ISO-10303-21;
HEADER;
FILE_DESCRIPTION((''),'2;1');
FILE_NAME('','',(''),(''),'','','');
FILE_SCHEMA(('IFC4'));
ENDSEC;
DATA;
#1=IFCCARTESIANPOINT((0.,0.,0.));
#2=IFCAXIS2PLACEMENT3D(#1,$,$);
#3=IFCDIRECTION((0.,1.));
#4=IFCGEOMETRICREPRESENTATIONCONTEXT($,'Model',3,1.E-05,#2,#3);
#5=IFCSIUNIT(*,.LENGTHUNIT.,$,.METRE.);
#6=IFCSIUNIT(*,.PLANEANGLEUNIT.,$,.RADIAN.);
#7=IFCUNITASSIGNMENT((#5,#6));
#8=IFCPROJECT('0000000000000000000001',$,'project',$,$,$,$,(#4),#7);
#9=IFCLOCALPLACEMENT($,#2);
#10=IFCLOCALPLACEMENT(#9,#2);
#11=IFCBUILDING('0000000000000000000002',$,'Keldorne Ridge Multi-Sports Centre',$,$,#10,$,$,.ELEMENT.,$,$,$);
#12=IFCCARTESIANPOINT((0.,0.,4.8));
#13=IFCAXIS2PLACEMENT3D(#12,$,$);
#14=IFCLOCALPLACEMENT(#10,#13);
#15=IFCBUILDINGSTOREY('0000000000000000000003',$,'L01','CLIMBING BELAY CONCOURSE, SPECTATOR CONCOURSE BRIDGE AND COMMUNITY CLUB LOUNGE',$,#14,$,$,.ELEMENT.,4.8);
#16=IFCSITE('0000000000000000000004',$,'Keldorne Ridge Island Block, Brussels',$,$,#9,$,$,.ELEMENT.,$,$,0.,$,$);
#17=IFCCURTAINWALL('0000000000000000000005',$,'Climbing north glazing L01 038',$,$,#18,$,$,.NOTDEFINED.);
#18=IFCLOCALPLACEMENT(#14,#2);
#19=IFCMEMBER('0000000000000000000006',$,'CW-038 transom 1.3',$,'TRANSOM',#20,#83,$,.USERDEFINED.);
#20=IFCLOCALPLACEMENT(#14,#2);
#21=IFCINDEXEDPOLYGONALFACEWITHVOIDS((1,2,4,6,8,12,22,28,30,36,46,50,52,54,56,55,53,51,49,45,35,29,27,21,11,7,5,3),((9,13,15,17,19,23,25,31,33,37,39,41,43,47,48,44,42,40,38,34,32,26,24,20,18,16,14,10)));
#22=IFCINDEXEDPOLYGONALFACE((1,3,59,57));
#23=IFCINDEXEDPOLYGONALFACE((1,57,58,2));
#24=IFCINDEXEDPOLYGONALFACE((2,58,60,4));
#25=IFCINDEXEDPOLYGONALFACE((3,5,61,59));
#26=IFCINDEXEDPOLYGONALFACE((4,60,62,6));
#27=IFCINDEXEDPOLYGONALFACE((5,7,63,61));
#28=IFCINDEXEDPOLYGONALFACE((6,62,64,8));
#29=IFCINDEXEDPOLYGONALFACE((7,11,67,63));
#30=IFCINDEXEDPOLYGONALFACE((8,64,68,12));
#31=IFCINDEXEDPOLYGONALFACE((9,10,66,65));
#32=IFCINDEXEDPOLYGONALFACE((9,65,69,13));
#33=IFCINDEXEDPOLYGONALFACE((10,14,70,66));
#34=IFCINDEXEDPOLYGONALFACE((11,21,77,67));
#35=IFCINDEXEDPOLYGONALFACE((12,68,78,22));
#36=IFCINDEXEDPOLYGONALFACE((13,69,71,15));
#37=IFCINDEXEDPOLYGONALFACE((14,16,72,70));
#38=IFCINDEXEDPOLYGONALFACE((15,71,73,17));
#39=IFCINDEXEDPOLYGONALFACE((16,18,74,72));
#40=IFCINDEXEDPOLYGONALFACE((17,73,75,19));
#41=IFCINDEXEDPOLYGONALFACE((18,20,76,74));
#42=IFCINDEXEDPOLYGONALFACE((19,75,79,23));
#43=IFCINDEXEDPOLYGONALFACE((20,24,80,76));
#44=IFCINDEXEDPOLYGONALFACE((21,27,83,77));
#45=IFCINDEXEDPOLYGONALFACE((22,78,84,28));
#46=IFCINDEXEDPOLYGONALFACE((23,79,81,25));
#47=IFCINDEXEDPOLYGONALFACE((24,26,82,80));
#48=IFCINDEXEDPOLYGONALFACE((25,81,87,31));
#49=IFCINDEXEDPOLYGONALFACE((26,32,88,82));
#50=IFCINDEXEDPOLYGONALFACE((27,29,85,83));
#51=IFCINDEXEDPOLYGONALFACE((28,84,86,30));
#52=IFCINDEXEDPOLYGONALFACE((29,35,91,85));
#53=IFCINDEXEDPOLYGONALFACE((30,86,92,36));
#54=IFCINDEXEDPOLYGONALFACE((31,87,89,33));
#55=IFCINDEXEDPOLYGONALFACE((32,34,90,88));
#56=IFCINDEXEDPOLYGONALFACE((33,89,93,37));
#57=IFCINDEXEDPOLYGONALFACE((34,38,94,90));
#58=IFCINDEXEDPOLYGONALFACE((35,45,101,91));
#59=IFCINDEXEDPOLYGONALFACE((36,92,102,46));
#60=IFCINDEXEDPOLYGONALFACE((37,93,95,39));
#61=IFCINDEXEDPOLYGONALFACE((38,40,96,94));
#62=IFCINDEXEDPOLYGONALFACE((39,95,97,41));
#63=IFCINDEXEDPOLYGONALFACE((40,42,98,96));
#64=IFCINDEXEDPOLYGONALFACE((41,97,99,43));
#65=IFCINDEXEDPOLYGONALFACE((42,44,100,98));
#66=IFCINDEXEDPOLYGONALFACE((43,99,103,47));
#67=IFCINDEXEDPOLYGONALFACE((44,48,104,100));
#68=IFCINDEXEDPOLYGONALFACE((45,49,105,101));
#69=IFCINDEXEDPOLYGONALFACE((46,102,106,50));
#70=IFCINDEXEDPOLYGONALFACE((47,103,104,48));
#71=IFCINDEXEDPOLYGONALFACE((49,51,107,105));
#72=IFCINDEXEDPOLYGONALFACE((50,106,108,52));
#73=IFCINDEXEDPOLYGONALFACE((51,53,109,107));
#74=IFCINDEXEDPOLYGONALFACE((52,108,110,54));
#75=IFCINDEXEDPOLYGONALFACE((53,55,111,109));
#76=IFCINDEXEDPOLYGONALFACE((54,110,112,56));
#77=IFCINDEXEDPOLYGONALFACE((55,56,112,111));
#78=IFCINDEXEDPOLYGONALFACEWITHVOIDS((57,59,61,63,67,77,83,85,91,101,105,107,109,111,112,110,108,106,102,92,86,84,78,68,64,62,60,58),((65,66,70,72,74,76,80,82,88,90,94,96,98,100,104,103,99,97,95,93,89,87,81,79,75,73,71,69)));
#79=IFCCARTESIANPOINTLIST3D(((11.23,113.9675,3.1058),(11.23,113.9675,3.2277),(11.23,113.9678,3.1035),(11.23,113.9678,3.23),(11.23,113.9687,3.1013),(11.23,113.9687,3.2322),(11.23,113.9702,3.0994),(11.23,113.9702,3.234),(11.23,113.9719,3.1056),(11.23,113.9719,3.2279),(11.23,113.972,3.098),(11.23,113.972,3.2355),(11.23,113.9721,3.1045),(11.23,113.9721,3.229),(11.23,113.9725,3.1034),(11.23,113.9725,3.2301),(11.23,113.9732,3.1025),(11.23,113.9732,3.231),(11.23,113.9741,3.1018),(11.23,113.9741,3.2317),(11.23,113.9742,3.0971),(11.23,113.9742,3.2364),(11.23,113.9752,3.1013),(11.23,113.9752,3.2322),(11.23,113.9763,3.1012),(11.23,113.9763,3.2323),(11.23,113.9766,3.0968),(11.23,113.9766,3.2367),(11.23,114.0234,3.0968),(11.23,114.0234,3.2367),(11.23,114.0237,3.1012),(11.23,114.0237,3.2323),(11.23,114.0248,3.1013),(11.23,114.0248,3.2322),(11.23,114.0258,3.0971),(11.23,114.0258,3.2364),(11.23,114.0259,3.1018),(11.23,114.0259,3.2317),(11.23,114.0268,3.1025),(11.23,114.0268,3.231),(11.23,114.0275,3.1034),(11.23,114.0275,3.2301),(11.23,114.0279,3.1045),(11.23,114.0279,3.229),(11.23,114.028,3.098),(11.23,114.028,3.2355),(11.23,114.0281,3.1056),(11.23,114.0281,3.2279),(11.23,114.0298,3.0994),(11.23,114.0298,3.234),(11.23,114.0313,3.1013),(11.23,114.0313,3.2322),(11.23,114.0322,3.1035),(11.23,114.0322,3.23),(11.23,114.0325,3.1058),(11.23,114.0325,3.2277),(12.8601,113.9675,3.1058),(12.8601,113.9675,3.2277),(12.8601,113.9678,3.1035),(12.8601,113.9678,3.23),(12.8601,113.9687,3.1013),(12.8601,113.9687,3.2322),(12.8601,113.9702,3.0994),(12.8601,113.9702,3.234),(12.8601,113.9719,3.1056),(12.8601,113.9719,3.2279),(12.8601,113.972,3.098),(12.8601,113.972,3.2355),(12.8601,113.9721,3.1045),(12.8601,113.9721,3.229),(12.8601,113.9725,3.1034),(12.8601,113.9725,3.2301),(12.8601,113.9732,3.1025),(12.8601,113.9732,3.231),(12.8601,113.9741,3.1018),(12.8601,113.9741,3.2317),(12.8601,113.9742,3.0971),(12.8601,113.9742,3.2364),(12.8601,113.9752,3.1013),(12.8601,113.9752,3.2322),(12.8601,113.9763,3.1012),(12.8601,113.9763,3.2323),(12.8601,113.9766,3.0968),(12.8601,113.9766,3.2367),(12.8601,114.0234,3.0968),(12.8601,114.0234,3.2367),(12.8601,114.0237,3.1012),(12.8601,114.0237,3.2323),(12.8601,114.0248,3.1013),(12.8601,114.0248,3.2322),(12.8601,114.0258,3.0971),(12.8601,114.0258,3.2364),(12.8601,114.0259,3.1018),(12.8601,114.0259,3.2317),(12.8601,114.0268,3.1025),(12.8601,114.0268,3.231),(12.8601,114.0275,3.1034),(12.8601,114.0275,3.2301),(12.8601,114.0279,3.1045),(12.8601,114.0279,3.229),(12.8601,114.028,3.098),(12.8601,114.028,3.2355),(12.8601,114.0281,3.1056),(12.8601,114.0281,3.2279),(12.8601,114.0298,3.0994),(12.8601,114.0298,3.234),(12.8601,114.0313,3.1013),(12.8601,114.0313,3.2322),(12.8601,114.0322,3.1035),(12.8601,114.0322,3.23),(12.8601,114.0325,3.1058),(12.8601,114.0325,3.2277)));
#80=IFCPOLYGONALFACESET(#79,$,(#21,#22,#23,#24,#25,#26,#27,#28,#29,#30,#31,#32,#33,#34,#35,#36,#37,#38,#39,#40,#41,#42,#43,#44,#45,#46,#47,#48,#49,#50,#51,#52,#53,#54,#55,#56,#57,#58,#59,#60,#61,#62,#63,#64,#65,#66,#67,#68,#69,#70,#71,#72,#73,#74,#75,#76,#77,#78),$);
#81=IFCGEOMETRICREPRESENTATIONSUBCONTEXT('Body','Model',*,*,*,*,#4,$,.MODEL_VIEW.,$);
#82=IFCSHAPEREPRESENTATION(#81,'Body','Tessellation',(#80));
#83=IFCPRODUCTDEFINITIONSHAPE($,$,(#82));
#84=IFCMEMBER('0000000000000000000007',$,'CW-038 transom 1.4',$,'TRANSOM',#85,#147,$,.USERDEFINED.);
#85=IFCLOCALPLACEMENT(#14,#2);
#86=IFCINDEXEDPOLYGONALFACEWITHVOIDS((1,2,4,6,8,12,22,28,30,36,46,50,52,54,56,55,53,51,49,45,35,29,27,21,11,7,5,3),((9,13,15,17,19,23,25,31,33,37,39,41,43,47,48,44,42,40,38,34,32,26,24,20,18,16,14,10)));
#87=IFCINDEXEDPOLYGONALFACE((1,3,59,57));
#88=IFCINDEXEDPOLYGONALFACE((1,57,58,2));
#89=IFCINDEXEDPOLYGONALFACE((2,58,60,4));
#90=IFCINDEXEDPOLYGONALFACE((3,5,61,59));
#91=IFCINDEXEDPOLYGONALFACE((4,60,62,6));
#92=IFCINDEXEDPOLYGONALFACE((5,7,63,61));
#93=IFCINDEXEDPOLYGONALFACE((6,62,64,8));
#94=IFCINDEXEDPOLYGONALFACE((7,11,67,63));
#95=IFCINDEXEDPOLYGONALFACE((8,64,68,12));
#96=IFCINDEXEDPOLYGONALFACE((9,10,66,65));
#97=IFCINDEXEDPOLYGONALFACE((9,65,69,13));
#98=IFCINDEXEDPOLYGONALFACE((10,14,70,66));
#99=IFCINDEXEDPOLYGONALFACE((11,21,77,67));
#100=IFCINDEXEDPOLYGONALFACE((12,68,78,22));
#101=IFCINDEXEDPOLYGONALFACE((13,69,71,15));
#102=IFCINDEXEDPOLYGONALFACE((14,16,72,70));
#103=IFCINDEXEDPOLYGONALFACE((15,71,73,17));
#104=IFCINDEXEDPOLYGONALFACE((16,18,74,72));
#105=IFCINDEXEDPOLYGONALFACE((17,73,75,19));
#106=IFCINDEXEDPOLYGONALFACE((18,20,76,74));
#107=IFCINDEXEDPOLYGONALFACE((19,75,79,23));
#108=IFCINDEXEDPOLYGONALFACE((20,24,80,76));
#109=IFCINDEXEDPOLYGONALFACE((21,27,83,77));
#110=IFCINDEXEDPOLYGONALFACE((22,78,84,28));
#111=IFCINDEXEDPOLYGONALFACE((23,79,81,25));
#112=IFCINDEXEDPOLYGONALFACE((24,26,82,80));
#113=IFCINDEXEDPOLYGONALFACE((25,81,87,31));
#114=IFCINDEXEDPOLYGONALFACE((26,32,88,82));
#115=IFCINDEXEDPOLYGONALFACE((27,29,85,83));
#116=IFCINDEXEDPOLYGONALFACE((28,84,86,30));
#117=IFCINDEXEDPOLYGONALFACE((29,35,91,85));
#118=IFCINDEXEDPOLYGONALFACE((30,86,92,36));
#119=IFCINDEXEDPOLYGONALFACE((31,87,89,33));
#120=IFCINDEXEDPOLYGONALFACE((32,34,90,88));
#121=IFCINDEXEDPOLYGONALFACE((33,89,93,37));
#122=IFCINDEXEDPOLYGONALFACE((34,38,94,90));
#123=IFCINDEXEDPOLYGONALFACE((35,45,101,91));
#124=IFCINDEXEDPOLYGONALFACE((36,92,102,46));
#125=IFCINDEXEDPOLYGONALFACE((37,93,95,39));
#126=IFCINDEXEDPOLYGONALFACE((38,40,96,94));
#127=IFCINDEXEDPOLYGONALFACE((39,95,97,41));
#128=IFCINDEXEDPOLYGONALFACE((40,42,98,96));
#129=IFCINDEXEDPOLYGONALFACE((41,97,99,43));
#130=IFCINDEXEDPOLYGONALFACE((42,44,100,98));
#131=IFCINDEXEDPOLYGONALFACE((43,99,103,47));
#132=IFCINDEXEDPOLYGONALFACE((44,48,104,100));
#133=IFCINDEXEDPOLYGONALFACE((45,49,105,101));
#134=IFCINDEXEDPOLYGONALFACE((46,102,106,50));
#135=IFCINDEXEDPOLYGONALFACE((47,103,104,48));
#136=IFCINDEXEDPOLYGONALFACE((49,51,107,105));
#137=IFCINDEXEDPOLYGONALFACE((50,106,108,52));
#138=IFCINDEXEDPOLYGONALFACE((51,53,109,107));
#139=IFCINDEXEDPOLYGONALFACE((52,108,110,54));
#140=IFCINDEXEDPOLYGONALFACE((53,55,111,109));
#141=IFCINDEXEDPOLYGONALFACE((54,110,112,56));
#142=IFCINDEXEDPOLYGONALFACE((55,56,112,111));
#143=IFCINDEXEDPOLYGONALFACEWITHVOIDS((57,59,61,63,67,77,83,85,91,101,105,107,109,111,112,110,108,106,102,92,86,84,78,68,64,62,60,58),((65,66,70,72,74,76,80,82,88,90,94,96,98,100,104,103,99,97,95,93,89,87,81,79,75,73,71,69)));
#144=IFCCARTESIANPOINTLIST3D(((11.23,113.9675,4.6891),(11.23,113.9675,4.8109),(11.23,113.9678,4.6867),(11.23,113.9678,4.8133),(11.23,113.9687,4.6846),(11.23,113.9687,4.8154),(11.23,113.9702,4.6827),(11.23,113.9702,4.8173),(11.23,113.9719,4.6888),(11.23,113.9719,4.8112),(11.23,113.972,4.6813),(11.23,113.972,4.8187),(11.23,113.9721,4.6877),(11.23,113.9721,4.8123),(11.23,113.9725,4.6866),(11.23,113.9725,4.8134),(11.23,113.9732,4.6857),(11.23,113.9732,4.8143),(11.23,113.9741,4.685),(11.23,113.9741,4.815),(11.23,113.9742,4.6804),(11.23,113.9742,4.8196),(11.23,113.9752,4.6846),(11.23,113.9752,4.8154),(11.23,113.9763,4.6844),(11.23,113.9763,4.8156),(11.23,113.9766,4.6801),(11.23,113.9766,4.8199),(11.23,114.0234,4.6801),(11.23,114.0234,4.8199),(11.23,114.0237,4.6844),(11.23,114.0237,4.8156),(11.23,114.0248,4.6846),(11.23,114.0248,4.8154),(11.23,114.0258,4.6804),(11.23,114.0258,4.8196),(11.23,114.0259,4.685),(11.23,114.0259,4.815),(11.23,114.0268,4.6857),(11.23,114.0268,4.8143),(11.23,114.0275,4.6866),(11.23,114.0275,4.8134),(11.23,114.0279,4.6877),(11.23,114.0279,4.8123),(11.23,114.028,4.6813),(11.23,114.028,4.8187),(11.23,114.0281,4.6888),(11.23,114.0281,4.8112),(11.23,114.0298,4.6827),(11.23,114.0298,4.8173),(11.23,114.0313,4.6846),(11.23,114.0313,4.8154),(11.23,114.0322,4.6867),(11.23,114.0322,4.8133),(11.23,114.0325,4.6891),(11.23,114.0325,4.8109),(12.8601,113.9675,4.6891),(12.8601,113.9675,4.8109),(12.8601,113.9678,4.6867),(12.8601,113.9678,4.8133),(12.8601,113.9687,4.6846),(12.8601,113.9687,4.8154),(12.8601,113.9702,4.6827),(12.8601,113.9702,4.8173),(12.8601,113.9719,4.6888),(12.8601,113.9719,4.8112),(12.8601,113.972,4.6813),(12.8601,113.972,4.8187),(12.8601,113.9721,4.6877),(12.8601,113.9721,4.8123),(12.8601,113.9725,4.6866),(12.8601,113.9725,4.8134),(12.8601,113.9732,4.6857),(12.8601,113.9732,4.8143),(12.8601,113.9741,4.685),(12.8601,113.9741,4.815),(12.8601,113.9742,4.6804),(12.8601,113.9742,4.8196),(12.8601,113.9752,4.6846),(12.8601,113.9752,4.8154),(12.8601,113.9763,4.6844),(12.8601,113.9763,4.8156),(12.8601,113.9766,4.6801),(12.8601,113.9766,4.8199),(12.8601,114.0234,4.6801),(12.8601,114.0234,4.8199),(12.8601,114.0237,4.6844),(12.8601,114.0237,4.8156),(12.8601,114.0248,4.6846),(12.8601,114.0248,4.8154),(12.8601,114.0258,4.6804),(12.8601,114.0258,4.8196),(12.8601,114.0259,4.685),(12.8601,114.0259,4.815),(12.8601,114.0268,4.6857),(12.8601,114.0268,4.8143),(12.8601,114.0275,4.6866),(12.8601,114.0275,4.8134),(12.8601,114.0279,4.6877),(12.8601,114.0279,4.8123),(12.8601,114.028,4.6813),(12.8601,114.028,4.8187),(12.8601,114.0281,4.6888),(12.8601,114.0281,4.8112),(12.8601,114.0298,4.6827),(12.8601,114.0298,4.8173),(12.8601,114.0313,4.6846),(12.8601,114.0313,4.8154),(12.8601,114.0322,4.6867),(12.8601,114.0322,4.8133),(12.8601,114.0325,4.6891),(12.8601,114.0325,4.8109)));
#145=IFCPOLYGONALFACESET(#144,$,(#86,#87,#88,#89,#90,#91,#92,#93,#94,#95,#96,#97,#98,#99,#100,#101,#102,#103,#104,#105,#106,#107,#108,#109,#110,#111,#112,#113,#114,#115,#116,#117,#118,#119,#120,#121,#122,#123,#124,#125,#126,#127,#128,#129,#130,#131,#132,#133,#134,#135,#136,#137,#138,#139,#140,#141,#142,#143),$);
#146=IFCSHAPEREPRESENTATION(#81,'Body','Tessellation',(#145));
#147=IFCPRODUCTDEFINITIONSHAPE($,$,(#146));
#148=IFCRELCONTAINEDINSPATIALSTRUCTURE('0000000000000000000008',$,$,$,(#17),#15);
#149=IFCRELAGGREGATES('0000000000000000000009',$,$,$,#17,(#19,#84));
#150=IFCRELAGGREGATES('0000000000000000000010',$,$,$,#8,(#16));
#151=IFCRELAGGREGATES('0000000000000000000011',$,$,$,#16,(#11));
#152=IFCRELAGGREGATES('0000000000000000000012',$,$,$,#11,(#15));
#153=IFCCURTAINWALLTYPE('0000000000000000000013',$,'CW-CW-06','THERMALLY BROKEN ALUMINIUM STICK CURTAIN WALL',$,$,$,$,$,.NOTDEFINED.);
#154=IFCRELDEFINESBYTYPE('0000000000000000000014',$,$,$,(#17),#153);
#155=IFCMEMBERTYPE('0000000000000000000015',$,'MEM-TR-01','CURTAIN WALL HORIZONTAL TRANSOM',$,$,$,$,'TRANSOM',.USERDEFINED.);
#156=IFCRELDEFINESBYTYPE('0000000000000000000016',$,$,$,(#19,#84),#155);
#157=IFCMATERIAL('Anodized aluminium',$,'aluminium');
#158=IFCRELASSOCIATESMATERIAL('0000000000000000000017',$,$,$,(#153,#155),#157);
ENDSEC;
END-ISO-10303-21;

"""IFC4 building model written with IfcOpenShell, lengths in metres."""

from ifc_helpers import new_model, si_unit, direction, frame, origin, origin_2d, place, context, subcontext, project, spatial, hollow_rectangle, extrude, material, material_profile, profile_set, type_object, element, aggregate, save


model = new_model("IFC4")

# Units and contexts
model_context = context("Model", 3, precision=1e-05, world=origin(), true_north=direction((0.0, 1.0)))
body_context = subcontext(model_context, "Body", "Model", "MODEL_VIEW")
ifc_project = project(units=[si_unit("LENGTHUNIT", "METRE"), si_unit("PLANEANGLEUNIT", "RADIAN")], contexts=[model_context])

# Site, building, storey
site_placement = place(None, origin())
site = spatial("IfcSite", under=ifc_project, at=site_placement, Name="Keldorne Ridge Island Block, Brussels", CompositionType="ELEMENT", RefElevation=0.0)
building_placement = place(site_placement, origin())
building = spatial("IfcBuilding", under=site, at=building_placement, Name="Keldorne Ridge Multi-Sports Centre", CompositionType="ELEMENT")
storey_placement = place(building_placement, frame((0.0, 0.0, 4.8)))
storey = spatial("IfcBuildingStorey", under=building, at=storey_placement, Name="L01", Description="CLIMBING BELAY CONCOURSE, SPECTATOR CONCOURSE BRIDGE AND COMMUNITY CLUB LOUNGE", CompositionType="ELEMENT", Elevation=4.8)

# Curtain wall
ifc_material_1 = material(Name="Anodized aluminium", Category="aluminium")
curtain_wall_type_1 = type_object("IfcCurtainWallType", Name="CW-CW-06", Description="THERMALLY BROKEN ALUMINIUM STICK CURTAIN WALL", PredefinedType="NOTDEFINED", material=ifc_material_1)
curtain_wall_1_placement = place(storey_placement, origin())
curtain_wall_1 = element("IfcCurtainWall", 1, at=curtain_wall_1_placement, inside=storey, type_object=curtain_wall_type_1, Name="Climbing north glazing L01 038", PredefinedType="NOTDEFINED")

# Members
ifc_material_profile_1 = material_profile(ifc_material_1, hollow_rectangle(XDim=0.0649, YDim=0.1399, WallThickness=0.0044, InnerFilletRadius=0.0044, OuterFilletRadius=0.009, at=origin_2d()), Name="ALU TRANSOM 140x65x4.5")
ifc_profile_set_1 = profile_set([ifc_material_profile_1], Name="Anodized aluminium")
member_type_1 = type_object("IfcMemberType", Name="MEM-TR-01", Description="CURTAIN WALL HORIZONTAL TRANSOM", ElementType="TRANSOM", PredefinedType="USERDEFINED", material=ifc_profile_set_1)
member_1_placement = place(storey_placement, frame((12.8601, 114.0, 3.1667), z_axis=(-1.0, 0.0, 0.0), x_axis=(0.0, -1.0, 0.0)))
member_1 = element("IfcMember", 2, at=member_1_placement, type_object=member_type_1, Name="CW-038 transom 1.3", ObjectType="TRANSOM", PredefinedType="USERDEFINED", context=body_context, shape_type="SweptSolid", body=[
    extrude(hollow_rectangle(XDim=0.0649, YDim=0.1399, WallThickness=0.0044, InnerFilletRadius=0.0044, OuterFilletRadius=0.009, at=origin_2d()), origin(), (0.0, 0.0, 1.0), 1.6301),
])
member_2_placement = place(storey_placement, frame((12.8601, 114.0, 4.75), z_axis=(-1.0, 0.0, 0.0), x_axis=(0.0, -1.0, 0.0)))
member_2 = element("IfcMember", 3, at=member_2_placement, type_object=member_type_1, Name="CW-038 transom 1.4", ObjectType="TRANSOM", PredefinedType="USERDEFINED", context=body_context, shape_type="SweptSolid", body=[
    extrude(hollow_rectangle(XDim=0.0649, YDim=0.1399, WallThickness=0.0044, InnerFilletRadius=0.0044, OuterFilletRadius=0.009, at=origin_2d()), origin(), (0.0, 0.0, 1.0), 1.6301),
])

aggregate(curtain_wall_1, [member_1, member_2])

save(model, "model.ifc")
